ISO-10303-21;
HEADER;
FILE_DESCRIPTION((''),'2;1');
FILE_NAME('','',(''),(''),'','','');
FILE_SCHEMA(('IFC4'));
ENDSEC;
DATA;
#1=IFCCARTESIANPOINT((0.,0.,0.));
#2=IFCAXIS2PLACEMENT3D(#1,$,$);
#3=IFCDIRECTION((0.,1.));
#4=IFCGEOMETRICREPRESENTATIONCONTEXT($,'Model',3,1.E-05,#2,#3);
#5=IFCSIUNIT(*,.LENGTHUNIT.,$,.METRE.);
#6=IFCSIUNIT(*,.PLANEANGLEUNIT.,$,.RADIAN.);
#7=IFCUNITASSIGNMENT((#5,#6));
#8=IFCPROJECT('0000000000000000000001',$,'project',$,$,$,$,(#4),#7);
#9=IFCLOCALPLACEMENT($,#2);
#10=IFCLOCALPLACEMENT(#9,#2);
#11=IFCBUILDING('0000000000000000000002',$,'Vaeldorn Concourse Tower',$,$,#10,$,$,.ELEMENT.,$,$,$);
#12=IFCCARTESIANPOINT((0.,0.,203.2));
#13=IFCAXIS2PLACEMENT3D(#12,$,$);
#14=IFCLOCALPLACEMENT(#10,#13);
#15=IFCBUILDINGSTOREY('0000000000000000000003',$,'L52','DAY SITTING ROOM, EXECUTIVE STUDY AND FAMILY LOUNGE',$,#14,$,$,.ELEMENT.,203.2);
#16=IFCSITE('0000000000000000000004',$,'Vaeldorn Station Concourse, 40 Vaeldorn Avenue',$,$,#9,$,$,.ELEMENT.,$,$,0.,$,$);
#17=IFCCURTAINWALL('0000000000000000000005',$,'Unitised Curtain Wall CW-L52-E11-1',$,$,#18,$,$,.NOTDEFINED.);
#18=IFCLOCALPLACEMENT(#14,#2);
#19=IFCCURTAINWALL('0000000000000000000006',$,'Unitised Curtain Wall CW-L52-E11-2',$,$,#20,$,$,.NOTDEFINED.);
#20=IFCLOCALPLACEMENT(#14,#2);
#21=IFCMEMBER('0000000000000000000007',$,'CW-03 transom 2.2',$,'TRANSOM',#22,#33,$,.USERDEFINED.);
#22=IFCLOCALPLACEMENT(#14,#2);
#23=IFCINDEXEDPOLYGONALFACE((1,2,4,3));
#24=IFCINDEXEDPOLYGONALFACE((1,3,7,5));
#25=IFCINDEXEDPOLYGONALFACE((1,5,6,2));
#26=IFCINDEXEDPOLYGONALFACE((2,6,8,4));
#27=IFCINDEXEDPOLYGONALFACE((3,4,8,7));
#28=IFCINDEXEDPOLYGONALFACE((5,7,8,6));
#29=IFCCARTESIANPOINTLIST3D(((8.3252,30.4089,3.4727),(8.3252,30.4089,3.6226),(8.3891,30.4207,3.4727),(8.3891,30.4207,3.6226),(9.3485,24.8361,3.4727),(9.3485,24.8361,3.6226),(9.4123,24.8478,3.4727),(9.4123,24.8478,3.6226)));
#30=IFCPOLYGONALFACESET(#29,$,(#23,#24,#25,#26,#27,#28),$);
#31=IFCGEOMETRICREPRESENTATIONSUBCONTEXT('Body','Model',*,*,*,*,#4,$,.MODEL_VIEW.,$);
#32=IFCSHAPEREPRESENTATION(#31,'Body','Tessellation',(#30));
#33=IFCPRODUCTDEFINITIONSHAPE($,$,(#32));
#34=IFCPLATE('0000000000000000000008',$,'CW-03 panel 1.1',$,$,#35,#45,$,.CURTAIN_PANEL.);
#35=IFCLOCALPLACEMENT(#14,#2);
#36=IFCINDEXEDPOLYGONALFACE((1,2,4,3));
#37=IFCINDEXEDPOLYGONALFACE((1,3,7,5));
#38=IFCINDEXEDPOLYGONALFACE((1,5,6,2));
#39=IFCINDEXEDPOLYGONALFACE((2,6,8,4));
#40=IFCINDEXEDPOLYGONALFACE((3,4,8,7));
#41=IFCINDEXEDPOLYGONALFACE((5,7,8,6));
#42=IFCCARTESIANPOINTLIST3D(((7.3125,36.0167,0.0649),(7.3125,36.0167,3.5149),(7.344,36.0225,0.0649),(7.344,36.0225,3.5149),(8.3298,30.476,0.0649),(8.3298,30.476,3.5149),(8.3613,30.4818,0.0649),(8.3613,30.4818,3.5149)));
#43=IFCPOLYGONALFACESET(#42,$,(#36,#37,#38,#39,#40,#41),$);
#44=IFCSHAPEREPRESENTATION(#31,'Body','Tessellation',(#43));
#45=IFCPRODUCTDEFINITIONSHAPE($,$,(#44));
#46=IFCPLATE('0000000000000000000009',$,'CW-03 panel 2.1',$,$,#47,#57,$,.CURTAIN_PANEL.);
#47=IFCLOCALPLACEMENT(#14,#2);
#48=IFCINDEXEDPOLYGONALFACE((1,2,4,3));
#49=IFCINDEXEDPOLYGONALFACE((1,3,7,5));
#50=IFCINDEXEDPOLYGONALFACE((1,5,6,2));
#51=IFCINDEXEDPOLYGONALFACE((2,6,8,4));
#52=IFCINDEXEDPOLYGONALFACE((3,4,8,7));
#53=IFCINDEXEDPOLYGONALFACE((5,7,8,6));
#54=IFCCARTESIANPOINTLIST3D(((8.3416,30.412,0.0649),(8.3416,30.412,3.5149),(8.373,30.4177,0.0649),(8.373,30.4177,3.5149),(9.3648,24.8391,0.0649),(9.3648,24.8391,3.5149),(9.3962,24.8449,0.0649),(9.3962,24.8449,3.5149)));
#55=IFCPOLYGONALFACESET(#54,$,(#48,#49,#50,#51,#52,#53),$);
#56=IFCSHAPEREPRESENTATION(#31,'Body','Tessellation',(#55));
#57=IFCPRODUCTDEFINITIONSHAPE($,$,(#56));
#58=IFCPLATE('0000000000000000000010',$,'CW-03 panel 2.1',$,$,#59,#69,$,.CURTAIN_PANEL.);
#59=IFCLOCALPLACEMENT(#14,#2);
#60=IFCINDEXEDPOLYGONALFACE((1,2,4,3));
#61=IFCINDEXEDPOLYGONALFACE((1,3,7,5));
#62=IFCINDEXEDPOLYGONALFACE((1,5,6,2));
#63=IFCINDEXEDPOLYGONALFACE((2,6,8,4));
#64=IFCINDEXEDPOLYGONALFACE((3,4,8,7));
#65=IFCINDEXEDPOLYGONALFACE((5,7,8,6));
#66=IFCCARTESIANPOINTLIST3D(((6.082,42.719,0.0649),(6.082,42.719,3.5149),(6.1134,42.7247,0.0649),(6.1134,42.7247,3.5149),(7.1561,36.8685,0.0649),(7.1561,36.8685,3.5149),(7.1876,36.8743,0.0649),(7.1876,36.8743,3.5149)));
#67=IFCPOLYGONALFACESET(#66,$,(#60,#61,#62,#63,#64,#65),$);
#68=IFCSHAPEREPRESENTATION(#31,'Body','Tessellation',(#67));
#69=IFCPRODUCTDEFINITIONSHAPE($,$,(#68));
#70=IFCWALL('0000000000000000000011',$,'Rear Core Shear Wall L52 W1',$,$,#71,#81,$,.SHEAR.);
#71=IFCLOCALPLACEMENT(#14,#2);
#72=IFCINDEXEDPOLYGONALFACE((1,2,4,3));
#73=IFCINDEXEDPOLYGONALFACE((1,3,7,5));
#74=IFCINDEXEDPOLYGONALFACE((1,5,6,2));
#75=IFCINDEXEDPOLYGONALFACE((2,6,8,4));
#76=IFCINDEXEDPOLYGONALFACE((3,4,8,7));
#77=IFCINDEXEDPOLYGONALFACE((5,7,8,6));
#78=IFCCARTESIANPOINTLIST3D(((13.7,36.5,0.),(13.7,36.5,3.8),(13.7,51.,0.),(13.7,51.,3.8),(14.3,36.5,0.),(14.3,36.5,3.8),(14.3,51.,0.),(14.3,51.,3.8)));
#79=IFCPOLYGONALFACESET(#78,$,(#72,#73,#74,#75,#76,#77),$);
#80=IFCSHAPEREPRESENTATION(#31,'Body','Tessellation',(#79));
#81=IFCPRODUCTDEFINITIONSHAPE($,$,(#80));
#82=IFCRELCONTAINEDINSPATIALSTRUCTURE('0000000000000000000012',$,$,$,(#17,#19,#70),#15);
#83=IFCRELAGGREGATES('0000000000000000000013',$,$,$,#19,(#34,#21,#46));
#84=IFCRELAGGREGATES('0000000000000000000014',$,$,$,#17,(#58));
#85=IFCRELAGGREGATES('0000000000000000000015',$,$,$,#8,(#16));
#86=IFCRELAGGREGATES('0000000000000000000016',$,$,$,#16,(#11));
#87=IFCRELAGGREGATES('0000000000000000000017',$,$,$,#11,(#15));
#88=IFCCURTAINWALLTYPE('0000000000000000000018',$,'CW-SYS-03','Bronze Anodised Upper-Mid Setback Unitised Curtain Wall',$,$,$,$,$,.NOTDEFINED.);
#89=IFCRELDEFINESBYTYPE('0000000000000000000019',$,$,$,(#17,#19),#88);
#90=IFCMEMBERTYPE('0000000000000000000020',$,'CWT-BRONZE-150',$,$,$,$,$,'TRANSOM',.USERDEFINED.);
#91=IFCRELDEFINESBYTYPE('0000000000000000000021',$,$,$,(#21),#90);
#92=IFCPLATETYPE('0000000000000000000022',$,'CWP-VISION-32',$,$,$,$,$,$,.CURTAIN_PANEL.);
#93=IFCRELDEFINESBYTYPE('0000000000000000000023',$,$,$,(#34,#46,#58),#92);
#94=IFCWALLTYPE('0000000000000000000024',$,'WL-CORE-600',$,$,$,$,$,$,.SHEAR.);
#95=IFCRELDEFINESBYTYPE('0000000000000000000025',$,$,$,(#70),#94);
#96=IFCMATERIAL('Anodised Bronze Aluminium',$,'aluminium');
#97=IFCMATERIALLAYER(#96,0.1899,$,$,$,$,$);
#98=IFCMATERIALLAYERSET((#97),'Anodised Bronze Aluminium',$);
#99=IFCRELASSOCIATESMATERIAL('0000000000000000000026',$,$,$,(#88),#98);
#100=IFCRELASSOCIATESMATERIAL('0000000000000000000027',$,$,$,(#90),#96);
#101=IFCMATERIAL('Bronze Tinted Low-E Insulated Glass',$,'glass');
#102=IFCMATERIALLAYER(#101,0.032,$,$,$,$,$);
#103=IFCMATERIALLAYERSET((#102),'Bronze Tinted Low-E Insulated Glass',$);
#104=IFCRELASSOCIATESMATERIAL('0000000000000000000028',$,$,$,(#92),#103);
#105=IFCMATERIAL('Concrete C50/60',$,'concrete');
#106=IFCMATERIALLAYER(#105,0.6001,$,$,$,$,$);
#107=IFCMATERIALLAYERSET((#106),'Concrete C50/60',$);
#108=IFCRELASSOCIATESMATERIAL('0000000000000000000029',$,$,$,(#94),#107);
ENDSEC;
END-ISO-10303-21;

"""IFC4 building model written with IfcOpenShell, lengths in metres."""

from ifc_helpers import new_model, si_unit, direction, frame, frame_2d, origin, origin_2d, place, context, subcontext, project, spatial, rectangle, extrude, source, transform, mapped, material, layer, layer_set, material_profile, profile_set, type_object, element, aggregate, save


model = new_model("IFC4")

# Units and contexts
model_context = context("Model", 3, precision=1e-05, world=origin(), true_north=direction((0.0, 1.0)))
body_context = subcontext(model_context, "Body", "Model", "MODEL_VIEW")
ifc_project = project(units=[si_unit("LENGTHUNIT", "METRE"), si_unit("PLANEANGLEUNIT", "RADIAN")], contexts=[model_context])

# Site, building, storey
site_placement = place(None, origin())
site = spatial("IfcSite", under=ifc_project, at=site_placement, Name="Vaeldorn Station Concourse, 40 Vaeldorn Avenue", CompositionType="ELEMENT", RefElevation=0.0)
building_placement = place(site_placement, origin())
building = spatial("IfcBuilding", under=site, at=building_placement, Name="Vaeldorn Concourse Tower", CompositionType="ELEMENT")
storey_placement = place(building_placement, frame((0.0, 0.0, 203.2)))
storey = spatial("IfcBuildingStorey", under=building, at=storey_placement, Name="L52", Description="DAY SITTING ROOM, EXECUTIVE STUDY AND FAMILY LOUNGE", CompositionType="ELEMENT", Elevation=203.2)

# Shared definitions
ifc_material_1 = material(Name="Concrete C50/60", Category="concrete")

# Curtain wall
ifc_material_2 = material(Name="Anodised Bronze Aluminium", Category="aluminium")
ifc_layer_1 = layer(ifc_material_2, 0.1899)
ifc_layer_set_1 = layer_set([ifc_layer_1], Name="Anodised Bronze Aluminium")
curtain_wall_type = type_object("IfcCurtainWallType", Name="CW-SYS-03", Description="Bronze Anodised Upper-Mid Setback Unitised Curtain Wall", PredefinedType="NOTDEFINED", material=ifc_layer_set_1)
curtain_wall_1_placement = place(storey_placement, origin())
curtain_wall_1 = element("IfcCurtainWall", 1, at=curtain_wall_1_placement, inside=storey, type_object=curtain_wall_type, Name="Unitised Curtain Wall CW-L52-E11-1", PredefinedType="NOTDEFINED")

# Curtain wall, member, plates
curtain_wall_2_placement = place(storey_placement, origin())
curtain_wall_2 = element("IfcCurtainWall", 2, at=curtain_wall_2_placement, inside=storey, type_object=curtain_wall_type, Name="Unitised Curtain Wall CW-L52-E11-2", PredefinedType="NOTDEFINED")
ifc_material_profile_1 = material_profile(ifc_material_2, rectangle(XDim=0.0649, YDim=0.1499, at=origin_2d()), Name="CWT 65x150")
ifc_profile_set_1 = profile_set([ifc_material_profile_1], Name="Anodised Bronze Aluminium")
member_type_1 = type_object("IfcMemberType", Name="CWT-BRONZE-150", ElementType="TRANSOM", PredefinedType="USERDEFINED", material=ifc_profile_set_1)
shared_shape_1 = source(origin(), body_context, "Body", "SweptSolid", [
    extrude(rectangle(XDim=0.0649, YDim=0.1499, at=origin_2d()), origin(), (0.0, 0.0, 1.0), 5.666),
])
member_1_placement = place(storey_placement, frame((8.3572, 30.4148, 3.5476), z_axis=(0.180588, -0.983559, 0.0), x_axis=(0.983559, 0.180588, 0.0)))
member_1 = element("IfcMember", 3, at=member_1_placement, type_object=member_type_1, Name="CW-03 transom 2.2", ObjectType="TRANSOM", PredefinedType="USERDEFINED", context=body_context, shape_type="MappedRepresentation", body=[
    mapped(shared_shape_1, transform((0.0, 0.0, 0.0), scale=1.0)),
])
ifc_material_3 = material(Name="Bronze Tinted Low-E Insulated Glass", Category="glass")
ifc_layer_2 = layer(ifc_material_3, 0.032)
ifc_layer_set_2 = layer_set([ifc_layer_2], Name="Bronze Tinted Low-E Insulated Glass")
plate_type = type_object("IfcPlateType", Name="CWP-VISION-32", PredefinedType="CURTAIN_PANEL", material=ifc_layer_set_2)
shared_shape_2 = source(origin(), body_context, "Body", "SweptSolid", [
    extrude(rectangle(XDim=5.6333, YDim=0.032, at=origin_2d()), origin(), (0.0, 0.0, 1.0), 3.45),
])
plate_1_placement = place(storey_placement, frame((7.8369, 33.2493, 0.0649), z_axis=(0.0, 0.0, 1.0), x_axis=(0.180585, -0.983559, 0.0)))
plate_1 = element("IfcPlate", 4, at=plate_1_placement, type_object=plate_type, Name="CW-03 panel 1.1", PredefinedType="CURTAIN_PANEL", context=body_context, shape_type="MappedRepresentation", body=[
    mapped(shared_shape_2, transform((0.0, 0.0, 0.0), scale=1.0)),
])
shared_shape_3 = source(origin(), body_context, "Body", "SweptSolid", [
    extrude(rectangle(XDim=5.666, YDim=0.032, at=origin_2d()), origin(), (0.0, 0.0, 1.0), 3.45),
])
plate_2_placement = place(storey_placement, frame((8.8689, 27.6284, 0.0649), z_axis=(0.0, 0.0, 1.0), x_axis=(0.180585, -0.983559, 0.0)))
plate_2 = element("IfcPlate", 5, at=plate_2_placement, type_object=plate_type, Name="CW-03 panel 2.1", PredefinedType="CURTAIN_PANEL", context=body_context, shape_type="MappedRepresentation", body=[
    mapped(shared_shape_3, transform((0.0, 0.0, 0.0), scale=1.0)),
])
aggregate(curtain_wall_2, [plate_1, member_1, plate_2])

# Plate
shared_shape_4 = source(origin(), body_context, "Body", "SweptSolid", [
    extrude(rectangle(XDim=5.9482, YDim=0.032, at=origin_2d()), origin(), (0.0, 0.0, 1.0), 3.45),
])
plate_3_placement = place(storey_placement, frame((6.6348, 39.7966, 0.0649), z_axis=(0.0, 0.0, 1.0), x_axis=(0.180585, -0.983559, 0.0)))
plate_3 = element("IfcPlate", 6, at=plate_3_placement, type_object=plate_type, Name="CW-03 panel 2.1", PredefinedType="CURTAIN_PANEL", context=body_context, shape_type="MappedRepresentation", body=[
    mapped(shared_shape_4, transform((0.0, 0.0, 0.0), scale=1.0)),
])
aggregate(curtain_wall_1, [plate_3])

# Wall
ifc_layer_3 = layer(ifc_material_1, 0.6001)
ifc_layer_set_3 = layer_set([ifc_layer_3], Name="Concrete C50/60")
wall_type_1 = type_object("IfcWallType", Name="WL-CORE-600", PredefinedType="SHEAR", material=ifc_layer_set_3)
wall_1_placement = place(storey_placement, frame((14.0, 36.5, 0.0), z_axis=(0.0, 0.0, 1.0), x_axis=(0.0, 1.0, 0.0)))
element("IfcWall", 7, at=wall_1_placement, inside=storey, type_object=wall_type_1, Name="Rear Core Shear Wall L52 W1", PredefinedType="SHEAR", context=body_context, shape_type="SweptSolid", body=[
    extrude(rectangle(XDim=14.5, YDim=0.6001, at=frame_2d((7.25, 0.0))), origin(), (0.0, 0.0, 1.0), 3.8),
])

save(model, "model.ifc")
